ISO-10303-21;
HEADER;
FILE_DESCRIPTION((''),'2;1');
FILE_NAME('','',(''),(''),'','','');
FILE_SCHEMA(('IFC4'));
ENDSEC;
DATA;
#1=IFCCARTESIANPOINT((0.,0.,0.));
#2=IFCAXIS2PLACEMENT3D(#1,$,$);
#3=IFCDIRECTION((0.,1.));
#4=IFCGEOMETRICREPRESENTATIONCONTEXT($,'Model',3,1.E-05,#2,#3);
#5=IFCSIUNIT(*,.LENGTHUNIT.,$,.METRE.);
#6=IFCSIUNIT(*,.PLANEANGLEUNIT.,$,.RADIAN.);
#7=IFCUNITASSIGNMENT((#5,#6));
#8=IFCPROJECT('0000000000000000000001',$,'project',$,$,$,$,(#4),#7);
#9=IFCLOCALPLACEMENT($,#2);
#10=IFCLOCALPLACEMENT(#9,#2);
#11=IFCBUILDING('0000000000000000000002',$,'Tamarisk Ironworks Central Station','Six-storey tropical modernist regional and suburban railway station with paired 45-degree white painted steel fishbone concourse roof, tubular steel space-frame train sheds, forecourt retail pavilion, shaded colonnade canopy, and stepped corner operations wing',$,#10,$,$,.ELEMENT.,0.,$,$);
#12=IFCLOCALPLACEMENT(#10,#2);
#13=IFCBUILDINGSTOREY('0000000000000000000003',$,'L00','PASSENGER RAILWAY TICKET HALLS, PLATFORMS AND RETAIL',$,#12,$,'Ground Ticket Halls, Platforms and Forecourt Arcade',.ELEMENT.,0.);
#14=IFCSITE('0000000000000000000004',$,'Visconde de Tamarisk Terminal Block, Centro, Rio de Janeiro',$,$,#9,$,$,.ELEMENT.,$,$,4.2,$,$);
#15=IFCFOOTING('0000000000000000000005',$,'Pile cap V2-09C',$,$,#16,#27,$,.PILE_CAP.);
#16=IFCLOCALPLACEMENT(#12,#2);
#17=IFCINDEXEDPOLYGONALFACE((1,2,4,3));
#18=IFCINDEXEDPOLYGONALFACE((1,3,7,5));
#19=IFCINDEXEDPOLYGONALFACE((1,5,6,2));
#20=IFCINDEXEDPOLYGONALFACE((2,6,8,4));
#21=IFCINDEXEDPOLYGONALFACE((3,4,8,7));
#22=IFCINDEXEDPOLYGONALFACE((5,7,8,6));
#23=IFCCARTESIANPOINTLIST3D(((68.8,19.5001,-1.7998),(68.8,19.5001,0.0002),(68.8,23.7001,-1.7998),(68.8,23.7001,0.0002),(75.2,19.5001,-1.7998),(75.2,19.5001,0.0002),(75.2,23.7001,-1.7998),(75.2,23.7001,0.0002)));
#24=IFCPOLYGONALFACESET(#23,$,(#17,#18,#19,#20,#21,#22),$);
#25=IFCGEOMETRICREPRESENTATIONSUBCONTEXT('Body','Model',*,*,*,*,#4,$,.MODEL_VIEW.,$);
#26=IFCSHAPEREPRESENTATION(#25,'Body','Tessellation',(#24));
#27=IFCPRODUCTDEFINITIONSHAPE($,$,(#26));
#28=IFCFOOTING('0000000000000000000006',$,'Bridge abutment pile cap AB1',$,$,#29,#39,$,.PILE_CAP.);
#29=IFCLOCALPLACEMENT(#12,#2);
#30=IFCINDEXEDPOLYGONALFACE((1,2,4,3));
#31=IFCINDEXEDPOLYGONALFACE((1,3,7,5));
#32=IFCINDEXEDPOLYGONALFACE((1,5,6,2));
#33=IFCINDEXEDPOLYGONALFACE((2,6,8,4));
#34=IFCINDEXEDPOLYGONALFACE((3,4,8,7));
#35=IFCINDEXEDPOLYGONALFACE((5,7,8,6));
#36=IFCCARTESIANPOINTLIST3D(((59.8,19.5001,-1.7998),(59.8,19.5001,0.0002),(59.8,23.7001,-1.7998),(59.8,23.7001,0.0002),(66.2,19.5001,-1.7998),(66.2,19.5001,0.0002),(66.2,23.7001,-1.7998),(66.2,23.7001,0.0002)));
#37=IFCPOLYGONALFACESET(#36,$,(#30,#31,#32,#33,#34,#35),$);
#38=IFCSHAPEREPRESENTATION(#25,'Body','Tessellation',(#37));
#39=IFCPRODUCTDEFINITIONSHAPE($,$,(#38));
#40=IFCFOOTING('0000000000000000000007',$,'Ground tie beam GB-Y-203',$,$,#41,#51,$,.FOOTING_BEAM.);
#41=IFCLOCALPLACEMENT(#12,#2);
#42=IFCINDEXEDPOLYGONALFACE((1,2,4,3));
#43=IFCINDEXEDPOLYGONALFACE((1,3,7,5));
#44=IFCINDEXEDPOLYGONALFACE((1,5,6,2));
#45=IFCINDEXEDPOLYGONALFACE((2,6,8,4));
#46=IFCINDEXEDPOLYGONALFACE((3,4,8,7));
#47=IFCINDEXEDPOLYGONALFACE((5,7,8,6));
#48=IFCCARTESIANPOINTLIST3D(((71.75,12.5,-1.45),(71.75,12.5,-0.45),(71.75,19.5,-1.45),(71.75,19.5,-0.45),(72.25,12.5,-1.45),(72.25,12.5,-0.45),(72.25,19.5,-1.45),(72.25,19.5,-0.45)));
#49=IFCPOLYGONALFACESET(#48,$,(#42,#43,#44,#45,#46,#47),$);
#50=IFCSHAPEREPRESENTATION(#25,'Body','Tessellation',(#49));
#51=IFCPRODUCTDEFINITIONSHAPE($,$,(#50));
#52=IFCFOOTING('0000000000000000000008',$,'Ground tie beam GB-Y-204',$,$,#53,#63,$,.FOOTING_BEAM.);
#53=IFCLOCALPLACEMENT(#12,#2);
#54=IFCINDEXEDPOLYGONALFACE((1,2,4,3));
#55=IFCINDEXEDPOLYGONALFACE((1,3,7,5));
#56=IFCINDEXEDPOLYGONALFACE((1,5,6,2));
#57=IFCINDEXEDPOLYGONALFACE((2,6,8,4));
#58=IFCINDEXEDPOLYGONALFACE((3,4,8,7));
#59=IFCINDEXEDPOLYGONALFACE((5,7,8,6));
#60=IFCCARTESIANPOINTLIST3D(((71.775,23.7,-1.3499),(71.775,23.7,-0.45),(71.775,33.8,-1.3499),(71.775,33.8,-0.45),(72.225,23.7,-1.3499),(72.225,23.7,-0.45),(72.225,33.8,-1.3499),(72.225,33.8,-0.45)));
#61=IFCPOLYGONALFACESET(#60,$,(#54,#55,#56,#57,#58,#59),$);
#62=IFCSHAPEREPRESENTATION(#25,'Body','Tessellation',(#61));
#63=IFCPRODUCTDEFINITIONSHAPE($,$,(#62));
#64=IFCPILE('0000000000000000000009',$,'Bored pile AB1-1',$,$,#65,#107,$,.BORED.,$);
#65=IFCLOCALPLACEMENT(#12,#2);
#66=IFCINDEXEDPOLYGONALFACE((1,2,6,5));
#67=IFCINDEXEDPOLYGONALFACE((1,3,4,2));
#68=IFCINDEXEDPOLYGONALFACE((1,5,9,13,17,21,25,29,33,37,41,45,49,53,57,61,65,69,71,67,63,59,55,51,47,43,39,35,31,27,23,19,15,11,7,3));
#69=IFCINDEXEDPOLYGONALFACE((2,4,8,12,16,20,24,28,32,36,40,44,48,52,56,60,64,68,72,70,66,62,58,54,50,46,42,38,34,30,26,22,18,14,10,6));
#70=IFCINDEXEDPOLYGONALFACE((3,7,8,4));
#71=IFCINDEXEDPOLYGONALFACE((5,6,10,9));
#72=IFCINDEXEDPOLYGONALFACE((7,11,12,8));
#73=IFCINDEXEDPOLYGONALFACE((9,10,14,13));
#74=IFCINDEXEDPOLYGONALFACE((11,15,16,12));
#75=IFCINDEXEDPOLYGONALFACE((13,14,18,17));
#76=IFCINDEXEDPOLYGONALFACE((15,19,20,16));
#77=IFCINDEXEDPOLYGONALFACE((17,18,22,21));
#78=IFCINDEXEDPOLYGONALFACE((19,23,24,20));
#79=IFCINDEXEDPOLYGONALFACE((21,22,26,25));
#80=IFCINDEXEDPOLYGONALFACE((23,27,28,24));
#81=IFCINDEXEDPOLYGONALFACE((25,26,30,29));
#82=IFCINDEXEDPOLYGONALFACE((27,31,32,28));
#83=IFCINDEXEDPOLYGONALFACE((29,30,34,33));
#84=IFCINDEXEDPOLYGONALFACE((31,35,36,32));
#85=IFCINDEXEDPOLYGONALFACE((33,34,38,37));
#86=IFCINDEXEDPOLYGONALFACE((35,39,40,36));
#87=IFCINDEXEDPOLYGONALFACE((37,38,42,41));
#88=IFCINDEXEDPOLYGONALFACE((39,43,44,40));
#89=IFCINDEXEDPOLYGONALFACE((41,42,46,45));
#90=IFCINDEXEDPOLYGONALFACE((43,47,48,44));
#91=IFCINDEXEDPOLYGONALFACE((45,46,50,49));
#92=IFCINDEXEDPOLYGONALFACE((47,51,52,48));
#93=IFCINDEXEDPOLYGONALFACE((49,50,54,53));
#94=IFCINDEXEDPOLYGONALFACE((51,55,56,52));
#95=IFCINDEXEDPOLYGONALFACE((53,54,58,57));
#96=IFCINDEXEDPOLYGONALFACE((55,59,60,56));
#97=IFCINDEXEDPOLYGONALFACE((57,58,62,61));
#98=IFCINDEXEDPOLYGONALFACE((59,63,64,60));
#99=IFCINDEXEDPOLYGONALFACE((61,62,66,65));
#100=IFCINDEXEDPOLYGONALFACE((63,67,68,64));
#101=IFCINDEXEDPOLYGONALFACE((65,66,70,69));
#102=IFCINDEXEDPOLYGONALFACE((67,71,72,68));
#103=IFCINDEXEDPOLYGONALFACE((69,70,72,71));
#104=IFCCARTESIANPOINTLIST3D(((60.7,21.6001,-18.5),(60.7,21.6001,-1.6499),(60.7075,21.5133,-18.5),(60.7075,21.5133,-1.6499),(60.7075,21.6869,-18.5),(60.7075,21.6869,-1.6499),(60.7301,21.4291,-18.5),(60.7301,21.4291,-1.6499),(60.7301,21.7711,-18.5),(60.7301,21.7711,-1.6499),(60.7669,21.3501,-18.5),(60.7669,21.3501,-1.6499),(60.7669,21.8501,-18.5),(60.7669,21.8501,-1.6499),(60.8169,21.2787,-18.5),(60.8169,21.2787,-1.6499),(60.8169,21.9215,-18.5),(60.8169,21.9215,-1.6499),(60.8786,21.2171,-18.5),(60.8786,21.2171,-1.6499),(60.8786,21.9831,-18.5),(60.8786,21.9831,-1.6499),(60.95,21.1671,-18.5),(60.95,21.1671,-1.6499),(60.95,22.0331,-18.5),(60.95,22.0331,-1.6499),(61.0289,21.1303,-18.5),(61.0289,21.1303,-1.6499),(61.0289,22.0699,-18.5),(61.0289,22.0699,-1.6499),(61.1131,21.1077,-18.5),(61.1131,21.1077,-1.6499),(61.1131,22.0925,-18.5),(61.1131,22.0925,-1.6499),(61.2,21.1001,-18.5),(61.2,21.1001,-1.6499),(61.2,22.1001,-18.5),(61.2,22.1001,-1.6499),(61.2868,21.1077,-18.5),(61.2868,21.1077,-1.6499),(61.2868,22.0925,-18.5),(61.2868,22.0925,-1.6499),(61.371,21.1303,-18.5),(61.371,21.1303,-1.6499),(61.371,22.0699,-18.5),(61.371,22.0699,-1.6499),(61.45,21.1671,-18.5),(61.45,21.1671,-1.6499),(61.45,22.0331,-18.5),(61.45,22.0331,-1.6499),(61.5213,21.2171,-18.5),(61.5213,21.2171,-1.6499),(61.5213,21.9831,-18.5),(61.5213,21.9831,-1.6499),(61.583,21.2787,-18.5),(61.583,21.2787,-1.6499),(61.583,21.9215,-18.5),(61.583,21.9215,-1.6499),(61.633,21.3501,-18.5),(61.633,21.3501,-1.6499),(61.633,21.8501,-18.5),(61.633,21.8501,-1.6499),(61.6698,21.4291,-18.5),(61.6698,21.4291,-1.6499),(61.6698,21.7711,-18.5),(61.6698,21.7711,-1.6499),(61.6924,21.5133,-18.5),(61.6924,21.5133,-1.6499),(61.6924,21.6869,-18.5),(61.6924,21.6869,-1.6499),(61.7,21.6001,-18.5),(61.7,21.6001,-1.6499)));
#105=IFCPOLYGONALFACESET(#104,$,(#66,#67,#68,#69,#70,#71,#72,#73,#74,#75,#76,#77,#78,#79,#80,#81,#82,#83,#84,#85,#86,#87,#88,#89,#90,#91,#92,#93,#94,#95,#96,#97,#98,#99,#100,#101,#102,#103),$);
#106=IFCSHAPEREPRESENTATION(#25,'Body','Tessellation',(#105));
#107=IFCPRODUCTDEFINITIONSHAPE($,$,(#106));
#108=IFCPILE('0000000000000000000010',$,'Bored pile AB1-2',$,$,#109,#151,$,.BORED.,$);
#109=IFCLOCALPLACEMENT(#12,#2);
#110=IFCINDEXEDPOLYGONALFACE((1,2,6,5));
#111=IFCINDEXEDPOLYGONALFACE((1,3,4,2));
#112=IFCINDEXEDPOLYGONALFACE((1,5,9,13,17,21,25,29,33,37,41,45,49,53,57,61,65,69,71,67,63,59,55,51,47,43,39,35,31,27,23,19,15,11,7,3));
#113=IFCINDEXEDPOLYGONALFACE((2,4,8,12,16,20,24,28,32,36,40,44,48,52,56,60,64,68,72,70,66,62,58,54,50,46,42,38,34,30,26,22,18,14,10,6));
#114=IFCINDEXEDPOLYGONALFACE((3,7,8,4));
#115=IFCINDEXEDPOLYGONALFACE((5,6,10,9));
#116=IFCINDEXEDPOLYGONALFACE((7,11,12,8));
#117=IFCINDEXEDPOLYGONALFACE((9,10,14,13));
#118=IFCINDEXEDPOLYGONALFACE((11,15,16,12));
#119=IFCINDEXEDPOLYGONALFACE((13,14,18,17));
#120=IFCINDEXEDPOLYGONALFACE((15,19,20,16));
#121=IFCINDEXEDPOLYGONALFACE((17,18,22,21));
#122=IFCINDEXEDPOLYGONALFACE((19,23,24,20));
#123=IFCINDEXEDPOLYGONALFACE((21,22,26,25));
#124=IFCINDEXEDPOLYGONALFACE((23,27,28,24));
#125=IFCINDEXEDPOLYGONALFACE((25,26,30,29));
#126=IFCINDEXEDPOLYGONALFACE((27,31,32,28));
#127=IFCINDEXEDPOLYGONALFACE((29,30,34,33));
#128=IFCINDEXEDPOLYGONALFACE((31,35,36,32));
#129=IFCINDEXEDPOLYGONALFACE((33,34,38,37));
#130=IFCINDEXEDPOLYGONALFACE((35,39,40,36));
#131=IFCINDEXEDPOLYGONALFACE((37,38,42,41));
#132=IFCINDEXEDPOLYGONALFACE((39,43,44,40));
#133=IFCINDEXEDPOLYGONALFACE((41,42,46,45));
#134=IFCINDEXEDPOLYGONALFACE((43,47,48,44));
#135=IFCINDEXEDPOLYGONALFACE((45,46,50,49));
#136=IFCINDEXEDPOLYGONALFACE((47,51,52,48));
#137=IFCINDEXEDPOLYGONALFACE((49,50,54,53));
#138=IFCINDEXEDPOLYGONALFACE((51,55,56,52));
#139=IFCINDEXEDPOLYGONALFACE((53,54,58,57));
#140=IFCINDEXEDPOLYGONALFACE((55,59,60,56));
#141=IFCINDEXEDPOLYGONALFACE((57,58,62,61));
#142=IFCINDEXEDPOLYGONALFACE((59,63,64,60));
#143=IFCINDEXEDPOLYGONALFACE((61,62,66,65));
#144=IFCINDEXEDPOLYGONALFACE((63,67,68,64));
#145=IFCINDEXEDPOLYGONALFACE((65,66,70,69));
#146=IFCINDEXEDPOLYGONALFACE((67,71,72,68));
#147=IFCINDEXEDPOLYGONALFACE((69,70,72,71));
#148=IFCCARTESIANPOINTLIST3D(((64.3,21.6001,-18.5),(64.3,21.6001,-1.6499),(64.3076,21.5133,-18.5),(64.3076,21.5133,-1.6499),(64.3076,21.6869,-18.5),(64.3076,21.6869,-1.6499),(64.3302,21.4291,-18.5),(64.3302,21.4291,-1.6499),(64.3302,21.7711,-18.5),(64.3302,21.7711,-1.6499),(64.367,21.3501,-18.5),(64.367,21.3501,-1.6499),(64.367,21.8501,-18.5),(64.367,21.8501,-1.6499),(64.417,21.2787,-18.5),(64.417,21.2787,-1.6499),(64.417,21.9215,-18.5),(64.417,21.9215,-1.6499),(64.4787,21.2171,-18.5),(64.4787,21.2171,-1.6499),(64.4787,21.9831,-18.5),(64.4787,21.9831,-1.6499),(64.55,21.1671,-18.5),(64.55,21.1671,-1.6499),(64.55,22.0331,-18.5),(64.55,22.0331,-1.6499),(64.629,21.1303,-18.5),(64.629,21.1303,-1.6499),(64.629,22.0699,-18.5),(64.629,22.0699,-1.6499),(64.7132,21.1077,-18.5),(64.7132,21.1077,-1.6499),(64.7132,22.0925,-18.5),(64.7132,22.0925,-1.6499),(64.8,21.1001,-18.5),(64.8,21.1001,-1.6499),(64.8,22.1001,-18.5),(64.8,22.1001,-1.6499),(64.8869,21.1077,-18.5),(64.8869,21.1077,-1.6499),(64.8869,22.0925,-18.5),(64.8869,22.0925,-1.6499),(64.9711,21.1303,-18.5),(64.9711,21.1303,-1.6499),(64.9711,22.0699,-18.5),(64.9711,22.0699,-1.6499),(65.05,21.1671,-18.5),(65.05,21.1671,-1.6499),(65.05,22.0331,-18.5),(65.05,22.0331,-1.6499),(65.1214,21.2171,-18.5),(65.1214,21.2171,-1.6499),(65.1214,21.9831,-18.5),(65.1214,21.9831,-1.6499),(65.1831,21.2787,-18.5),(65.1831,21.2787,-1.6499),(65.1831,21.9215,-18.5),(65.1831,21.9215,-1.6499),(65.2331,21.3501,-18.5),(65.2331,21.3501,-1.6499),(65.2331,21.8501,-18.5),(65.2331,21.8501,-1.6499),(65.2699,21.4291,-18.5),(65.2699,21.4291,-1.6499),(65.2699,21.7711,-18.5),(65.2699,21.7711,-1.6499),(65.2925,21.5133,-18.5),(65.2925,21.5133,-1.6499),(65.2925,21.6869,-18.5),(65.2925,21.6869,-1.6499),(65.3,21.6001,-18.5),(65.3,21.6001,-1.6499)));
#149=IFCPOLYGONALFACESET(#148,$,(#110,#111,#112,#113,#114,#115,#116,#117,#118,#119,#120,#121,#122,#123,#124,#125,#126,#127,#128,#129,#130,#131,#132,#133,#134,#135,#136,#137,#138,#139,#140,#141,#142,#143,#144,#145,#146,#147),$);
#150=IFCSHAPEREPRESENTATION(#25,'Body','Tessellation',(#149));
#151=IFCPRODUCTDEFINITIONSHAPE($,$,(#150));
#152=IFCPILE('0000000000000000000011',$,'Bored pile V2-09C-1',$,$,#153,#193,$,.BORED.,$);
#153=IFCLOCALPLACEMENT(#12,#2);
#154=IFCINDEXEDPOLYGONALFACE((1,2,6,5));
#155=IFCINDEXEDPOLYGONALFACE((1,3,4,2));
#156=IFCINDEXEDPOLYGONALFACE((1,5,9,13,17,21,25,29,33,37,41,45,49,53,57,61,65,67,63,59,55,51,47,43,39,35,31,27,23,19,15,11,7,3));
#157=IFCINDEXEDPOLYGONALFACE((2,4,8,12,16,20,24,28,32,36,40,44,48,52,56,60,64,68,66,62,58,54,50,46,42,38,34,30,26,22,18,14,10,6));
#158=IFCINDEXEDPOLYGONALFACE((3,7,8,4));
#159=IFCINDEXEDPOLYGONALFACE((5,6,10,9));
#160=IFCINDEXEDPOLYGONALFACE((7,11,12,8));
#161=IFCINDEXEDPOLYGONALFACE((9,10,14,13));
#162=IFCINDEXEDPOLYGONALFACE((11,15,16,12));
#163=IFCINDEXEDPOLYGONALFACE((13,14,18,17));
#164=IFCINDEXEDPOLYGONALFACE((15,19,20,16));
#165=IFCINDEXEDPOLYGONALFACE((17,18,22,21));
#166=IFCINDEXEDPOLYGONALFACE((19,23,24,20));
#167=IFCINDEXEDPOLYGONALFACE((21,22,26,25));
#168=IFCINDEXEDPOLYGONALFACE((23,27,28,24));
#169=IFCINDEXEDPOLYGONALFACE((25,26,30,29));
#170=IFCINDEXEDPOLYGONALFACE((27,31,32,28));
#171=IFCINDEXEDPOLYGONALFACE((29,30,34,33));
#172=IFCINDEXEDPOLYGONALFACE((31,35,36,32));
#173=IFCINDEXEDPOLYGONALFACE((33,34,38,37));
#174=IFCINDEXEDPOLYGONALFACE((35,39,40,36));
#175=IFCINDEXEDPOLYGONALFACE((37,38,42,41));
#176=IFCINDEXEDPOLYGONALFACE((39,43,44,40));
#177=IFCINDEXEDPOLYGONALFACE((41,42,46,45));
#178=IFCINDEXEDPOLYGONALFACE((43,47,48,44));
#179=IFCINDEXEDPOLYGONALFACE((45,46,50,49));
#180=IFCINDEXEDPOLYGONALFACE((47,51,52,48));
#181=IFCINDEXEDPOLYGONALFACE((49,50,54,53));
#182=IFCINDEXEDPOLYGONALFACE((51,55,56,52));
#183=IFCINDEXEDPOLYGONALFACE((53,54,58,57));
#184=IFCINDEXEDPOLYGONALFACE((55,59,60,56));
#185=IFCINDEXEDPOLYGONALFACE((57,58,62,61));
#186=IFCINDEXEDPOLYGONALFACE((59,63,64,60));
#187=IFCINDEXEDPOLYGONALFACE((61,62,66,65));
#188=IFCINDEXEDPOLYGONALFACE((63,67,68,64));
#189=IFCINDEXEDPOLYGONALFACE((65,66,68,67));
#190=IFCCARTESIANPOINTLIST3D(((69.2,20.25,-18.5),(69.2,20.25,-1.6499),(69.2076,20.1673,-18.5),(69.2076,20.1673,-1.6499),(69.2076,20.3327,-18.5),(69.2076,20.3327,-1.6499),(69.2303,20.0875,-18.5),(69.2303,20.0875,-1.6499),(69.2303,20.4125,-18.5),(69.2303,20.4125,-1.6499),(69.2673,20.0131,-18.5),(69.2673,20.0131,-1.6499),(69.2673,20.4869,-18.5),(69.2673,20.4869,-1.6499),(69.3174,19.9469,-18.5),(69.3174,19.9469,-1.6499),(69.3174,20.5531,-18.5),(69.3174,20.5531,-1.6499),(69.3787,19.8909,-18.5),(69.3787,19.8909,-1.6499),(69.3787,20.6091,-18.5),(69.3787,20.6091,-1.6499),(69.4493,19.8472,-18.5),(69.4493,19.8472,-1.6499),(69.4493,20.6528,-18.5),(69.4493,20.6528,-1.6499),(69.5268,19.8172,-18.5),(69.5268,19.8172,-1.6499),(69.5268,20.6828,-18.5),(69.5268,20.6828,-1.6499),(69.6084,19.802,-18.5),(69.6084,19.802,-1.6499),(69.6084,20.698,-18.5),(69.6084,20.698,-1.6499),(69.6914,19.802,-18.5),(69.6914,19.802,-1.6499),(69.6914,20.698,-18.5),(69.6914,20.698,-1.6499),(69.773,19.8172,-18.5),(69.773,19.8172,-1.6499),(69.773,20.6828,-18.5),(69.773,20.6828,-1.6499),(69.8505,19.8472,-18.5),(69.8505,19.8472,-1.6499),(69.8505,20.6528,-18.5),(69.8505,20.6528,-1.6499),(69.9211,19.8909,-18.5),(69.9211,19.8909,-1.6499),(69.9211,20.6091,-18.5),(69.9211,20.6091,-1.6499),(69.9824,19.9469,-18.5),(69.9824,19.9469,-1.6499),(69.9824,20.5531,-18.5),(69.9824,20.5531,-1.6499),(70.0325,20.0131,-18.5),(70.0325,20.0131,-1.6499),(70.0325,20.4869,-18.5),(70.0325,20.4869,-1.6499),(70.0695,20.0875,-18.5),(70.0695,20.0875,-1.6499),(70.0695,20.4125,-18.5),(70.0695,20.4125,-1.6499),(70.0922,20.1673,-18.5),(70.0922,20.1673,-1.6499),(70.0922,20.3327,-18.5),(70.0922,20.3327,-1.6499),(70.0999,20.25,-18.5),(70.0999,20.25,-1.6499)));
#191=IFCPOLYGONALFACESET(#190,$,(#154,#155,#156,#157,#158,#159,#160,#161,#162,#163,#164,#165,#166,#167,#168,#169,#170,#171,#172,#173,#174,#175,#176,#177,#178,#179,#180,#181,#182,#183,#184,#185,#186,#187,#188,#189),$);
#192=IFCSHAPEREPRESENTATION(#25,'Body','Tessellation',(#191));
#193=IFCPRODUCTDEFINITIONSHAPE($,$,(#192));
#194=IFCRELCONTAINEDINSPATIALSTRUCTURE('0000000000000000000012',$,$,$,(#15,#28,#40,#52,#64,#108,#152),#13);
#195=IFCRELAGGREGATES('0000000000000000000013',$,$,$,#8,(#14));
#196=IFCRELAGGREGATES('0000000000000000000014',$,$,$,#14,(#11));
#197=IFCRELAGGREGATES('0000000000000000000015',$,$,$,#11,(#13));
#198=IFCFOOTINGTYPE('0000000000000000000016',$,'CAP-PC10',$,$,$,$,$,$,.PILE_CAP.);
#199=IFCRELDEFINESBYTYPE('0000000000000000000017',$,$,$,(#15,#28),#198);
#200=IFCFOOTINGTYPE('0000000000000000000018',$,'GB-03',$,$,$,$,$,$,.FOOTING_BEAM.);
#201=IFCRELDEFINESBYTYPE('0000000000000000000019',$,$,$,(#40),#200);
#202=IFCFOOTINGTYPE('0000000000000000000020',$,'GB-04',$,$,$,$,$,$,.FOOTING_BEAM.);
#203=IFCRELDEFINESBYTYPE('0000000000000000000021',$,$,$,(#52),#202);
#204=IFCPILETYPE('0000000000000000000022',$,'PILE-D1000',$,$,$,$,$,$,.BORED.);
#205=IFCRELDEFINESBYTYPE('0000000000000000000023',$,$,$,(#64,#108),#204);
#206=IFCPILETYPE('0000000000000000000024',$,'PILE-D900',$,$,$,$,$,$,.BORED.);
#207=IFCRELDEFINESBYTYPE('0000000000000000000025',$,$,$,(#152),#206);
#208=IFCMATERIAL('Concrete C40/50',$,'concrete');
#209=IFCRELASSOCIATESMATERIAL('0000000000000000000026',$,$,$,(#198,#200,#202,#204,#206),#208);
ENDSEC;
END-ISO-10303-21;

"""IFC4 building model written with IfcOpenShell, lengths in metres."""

from ifc_helpers import new_model, si_unit, direction, frame, origin, origin_2d, place, context, subcontext, project, spatial, rectangle, circle, extrude, material, material_profile, profile_set, type_object, element, save


model = new_model("IFC4")

# Units and contexts
model_context = context("Model", 3, precision=1e-05, world=origin(), true_north=direction((0.0, 1.0)))
body_context = subcontext(model_context, "Body", "Model", "MODEL_VIEW")
ifc_project = project(units=[si_unit("LENGTHUNIT", "METRE"), si_unit("PLANEANGLEUNIT", "RADIAN")], contexts=[model_context])

# Site, building, storey
site_placement = place(None, origin())
site = spatial("IfcSite", under=ifc_project, at=site_placement, Name="Visconde de Tamarisk Terminal Block, Centro, Rio de Janeiro", CompositionType="ELEMENT", RefElevation=4.2)
building_placement = place(site_placement, origin())
building = spatial("IfcBuilding", under=site, at=building_placement, Name="Tamarisk Ironworks Central Station", Description="Six-storey tropical modernist regional and suburban railway station with paired 45-degree white painted steel fishbone concourse roof, tubular steel space-frame train sheds, forecourt retail pavilion, shaded colonnade canopy, and stepped corner operations wing", CompositionType="ELEMENT", ElevationOfRefHeight=0.0)
storey_placement = place(building_placement, origin())
storey = spatial("IfcBuildingStorey", under=building, at=storey_placement, Name="L00", Description="PASSENGER RAILWAY TICKET HALLS, PLATFORMS AND RETAIL", LongName="Ground Ticket Halls, Platforms and Forecourt Arcade", CompositionType="ELEMENT", Elevation=0.0)

# Footings
ifc_material_1 = material(Name="Concrete C40/50", Category="concrete")
footing_type_1 = type_object("IfcFootingType", Name="CAP-PC10", PredefinedType="PILE_CAP", material=ifc_material_1)
for number, where, z_axis, x_axis, name in (
    (1, (72.0, 21.6001, -1.7998), (0.0, 0.0, 1.0), (1.0, 0.0, 0.0), "Pile cap V2-09C"),
    (2, (63.0, 21.6001, -1.7998), (0.0, 0.0, 1.0), (1.0, 0.0, 0.0), "Bridge abutment pile cap AB1"),
):
    element("IfcFooting", number, at=place(storey_placement, frame(where, z_axis=z_axis, x_axis=x_axis)), inside=storey, type_object=footing_type_1, Name=name, PredefinedType="PILE_CAP", context=body_context, shape_type="SweptSolid", body=[
        extrude(rectangle(XDim=6.3999, YDim=4.2, at=origin_2d()), origin(), (0.0, 0.0, 1.0), 1.8),
    ])
ifc_material_profile_1 = material_profile(ifc_material_1, rectangle(XDim=0.5, YDim=1.0, at=origin_2d()), Name="GB03 500x1000")
ifc_profile_set_1 = profile_set([ifc_material_profile_1], Name="Concrete C40/50")
footing_type_2 = type_object("IfcFootingType", Name="GB-03", PredefinedType="FOOTING_BEAM", material=ifc_profile_set_1)
footing_1_placement = place(storey_placement, frame((72.0, 12.5, -0.95), z_axis=(0.0, 1.0, 0.0), x_axis=(-1.0, 0.0, 0.0)))
element("IfcFooting", 3, at=footing_1_placement, inside=storey, type_object=footing_type_2, Name="Ground tie beam GB-Y-203", PredefinedType="FOOTING_BEAM", context=body_context, shape_type="SweptSolid", body=[
    extrude(rectangle(XDim=0.5, YDim=1.0, at=origin_2d()), origin(), (0.0, 0.0, 1.0), 7.0),
])
ifc_material_profile_2 = material_profile(ifc_material_1, rectangle(XDim=0.45, YDim=0.8999, at=origin_2d()), Name="GB04 450x900")
ifc_profile_set_2 = profile_set([ifc_material_profile_2], Name="Concrete C40/50")
footing_type_3 = type_object("IfcFootingType", Name="GB-04", PredefinedType="FOOTING_BEAM", material=ifc_profile_set_2)
footing_2_placement = place(storey_placement, frame((72.0, 23.7, -0.8999), z_axis=(0.0, 1.0, 0.0), x_axis=(-1.0, 0.0, 0.0)))
element("IfcFooting", 4, at=footing_2_placement, inside=storey, type_object=footing_type_3, Name="Ground tie beam GB-Y-204", PredefinedType="FOOTING_BEAM", context=body_context, shape_type="SweptSolid", body=[
    extrude(rectangle(XDim=0.45, YDim=0.8999, at=origin_2d()), origin(), (0.0, 0.0, 1.0), 10.1001),
])

# Piles
ifc_material_profile_3 = material_profile(ifc_material_1, circle(Radius=0.5, at=origin_2d()), Name="BORED PILE D1000")
ifc_profile_set_3 = profile_set([ifc_material_profile_3], Name="Concrete C40/50")
pile_type_1 = type_object("IfcPileType", Name="PILE-D1000", PredefinedType="BORED", material=ifc_profile_set_3)
for number, where, z_axis, x_axis, name in (
    (5, (61.2, 21.6001, -1.6499), (0.0, 0.0, -1.0), (1.0, 0.0, 0.0), "Bored pile AB1-1"),
    (6, (64.8, 21.6001, -1.6499), (0.0, 0.0, -1.0), (1.0, 0.0, 0.0), "Bored pile AB1-2"),
):
    element("IfcPile", number, at=place(storey_placement, frame(where, z_axis=z_axis, x_axis=x_axis)), inside=storey, type_object=pile_type_1, Name=name, PredefinedType="BORED", context=body_context, shape_type="SweptSolid", body=[
        extrude(circle(Radius=0.5, at=origin_2d()), origin(), (0.0, 0.0, 1.0), 16.8501),
    ])
ifc_material_profile_4 = material_profile(ifc_material_1, circle(Radius=0.45, at=origin_2d()), Name="BORED PILE D900")
ifc_profile_set_4 = profile_set([ifc_material_profile_4], Name="Concrete C40/50")
pile_type_2 = type_object("IfcPileType", Name="PILE-D900", PredefinedType="BORED", material=ifc_profile_set_4)
for number, where, z_axis, x_axis, name in (
    (7, (69.6499, 20.25, -1.6499), (0.0, 0.0, -1.0), (1.0, 0.0, 0.0), "Bored pile V2-09C-1"),
):
    element("IfcPile", number, at=place(storey_placement, frame(where, z_axis=z_axis, x_axis=x_axis)), inside=storey, type_object=pile_type_2, Name=name, PredefinedType="BORED", context=body_context, shape_type="SweptSolid", body=[
        extrude(circle(Radius=0.45, at=origin_2d()), origin(), (0.0, 0.0, 1.0), 16.8501),
    ])

save(model, "model.ifc")
